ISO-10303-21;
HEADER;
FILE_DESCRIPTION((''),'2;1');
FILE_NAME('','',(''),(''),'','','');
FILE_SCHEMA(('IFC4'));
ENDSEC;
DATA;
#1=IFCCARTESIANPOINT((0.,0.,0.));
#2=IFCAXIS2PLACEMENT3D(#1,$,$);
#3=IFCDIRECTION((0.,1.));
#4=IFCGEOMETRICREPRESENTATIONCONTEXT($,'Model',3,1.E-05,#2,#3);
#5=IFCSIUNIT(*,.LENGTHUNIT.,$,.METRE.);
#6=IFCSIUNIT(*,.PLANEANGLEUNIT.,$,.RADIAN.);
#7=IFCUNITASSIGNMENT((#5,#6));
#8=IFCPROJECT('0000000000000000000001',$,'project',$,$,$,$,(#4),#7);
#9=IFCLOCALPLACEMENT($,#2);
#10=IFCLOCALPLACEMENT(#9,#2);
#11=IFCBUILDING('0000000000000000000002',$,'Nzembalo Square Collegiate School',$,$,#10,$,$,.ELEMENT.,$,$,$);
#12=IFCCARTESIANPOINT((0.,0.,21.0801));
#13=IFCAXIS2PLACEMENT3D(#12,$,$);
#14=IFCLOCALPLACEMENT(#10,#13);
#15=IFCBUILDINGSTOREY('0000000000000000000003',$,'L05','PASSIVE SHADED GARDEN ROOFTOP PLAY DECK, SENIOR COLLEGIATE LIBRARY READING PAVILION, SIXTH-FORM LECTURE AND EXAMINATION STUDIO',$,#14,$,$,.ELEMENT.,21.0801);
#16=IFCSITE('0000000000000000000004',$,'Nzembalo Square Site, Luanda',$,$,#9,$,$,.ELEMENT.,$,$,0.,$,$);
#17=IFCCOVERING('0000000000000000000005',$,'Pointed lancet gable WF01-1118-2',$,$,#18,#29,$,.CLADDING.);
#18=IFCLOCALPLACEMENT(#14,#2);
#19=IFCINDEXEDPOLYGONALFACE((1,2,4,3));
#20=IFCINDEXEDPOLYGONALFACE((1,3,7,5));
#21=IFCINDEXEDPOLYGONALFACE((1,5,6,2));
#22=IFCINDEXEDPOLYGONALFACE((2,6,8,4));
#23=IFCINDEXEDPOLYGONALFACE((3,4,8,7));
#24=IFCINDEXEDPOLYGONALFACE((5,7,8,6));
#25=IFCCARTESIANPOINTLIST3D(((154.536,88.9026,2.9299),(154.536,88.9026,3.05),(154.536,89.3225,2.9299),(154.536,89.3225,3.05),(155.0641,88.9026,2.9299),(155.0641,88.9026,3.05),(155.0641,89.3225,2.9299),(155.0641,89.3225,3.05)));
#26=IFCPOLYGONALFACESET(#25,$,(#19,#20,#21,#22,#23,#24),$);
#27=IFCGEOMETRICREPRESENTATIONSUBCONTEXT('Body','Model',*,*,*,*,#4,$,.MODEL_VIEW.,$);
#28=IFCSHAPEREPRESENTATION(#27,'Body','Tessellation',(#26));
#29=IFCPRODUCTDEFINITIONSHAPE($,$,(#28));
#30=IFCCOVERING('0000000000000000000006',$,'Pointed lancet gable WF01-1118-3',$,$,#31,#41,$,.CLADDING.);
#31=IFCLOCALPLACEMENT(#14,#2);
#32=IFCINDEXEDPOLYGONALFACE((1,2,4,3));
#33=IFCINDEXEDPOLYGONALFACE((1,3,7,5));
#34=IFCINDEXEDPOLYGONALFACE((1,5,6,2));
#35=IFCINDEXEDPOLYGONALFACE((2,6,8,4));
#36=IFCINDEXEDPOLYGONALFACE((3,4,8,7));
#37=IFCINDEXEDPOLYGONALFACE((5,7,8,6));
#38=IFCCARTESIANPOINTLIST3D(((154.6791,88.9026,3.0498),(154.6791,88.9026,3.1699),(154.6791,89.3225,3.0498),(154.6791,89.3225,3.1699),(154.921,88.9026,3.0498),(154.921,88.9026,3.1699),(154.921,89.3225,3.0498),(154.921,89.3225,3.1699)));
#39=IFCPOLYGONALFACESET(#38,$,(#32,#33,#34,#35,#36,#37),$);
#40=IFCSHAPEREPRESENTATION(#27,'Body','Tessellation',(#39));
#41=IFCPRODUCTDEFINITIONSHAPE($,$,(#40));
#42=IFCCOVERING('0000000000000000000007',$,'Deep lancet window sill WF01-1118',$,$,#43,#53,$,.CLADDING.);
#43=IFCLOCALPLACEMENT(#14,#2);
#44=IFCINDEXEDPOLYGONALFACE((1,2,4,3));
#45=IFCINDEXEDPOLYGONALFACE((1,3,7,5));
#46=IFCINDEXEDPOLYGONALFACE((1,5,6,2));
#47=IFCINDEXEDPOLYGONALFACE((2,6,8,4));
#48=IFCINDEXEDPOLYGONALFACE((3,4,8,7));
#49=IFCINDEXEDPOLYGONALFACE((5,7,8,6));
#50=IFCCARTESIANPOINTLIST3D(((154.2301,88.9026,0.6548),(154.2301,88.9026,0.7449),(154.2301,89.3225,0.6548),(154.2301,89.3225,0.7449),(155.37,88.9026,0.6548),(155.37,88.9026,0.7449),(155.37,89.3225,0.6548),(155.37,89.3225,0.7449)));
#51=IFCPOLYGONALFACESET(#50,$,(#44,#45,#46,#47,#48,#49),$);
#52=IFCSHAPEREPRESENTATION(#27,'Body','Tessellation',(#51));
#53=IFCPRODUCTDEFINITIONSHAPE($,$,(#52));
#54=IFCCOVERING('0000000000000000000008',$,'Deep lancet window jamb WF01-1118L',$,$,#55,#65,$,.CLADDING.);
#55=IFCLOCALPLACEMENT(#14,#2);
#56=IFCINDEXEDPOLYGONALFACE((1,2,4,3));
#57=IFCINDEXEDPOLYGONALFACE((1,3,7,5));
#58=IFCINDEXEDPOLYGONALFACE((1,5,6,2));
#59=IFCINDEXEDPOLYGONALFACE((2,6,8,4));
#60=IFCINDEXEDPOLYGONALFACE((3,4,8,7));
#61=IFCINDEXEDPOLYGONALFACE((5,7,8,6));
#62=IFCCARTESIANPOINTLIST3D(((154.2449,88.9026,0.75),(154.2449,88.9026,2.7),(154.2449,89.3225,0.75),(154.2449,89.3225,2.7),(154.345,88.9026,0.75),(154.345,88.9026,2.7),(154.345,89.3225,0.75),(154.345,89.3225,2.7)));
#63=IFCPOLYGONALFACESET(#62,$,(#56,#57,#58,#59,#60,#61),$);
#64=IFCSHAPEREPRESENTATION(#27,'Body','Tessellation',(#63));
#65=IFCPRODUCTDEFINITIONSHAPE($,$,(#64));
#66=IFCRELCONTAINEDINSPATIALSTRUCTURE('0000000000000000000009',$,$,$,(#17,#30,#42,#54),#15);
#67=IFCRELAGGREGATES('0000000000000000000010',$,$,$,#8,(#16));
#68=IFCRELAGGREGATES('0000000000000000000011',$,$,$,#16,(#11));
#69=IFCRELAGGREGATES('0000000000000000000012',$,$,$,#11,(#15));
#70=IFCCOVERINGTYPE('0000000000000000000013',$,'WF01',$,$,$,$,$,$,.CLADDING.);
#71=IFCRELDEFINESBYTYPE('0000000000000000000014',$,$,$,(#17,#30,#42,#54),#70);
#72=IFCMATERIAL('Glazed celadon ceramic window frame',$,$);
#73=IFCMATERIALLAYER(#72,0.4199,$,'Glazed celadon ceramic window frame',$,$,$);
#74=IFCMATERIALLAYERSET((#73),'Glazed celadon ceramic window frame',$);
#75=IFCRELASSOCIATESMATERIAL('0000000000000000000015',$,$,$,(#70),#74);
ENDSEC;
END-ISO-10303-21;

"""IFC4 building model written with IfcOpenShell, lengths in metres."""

from ifc_helpers import new_model, si_unit, direction, frame, origin, origin_2d, place, context, subcontext, project, spatial, rectangle, extrude, material, layer, layer_set, type_object, element, save


model = new_model("IFC4")

# Units and contexts
model_context = context("Model", 3, precision=1e-05, world=origin(), true_north=direction((0.0, 1.0)))
body_context = subcontext(model_context, "Body", "Model", "MODEL_VIEW")
ifc_project = project(units=[si_unit("LENGTHUNIT", "METRE"), si_unit("PLANEANGLEUNIT", "RADIAN")], contexts=[model_context])

# Site, building, storey
site_placement = place(None, origin())
site = spatial("IfcSite", under=ifc_project, at=site_placement, Name="Nzembalo Square Site, Luanda", CompositionType="ELEMENT", RefElevation=0.0)
building_placement = place(site_placement, origin())
building = spatial("IfcBuilding", under=site, at=building_placement, Name="Nzembalo Square Collegiate School", CompositionType="ELEMENT")
storey_placement = place(building_placement, frame((0.0, 0.0, 21.0801)))
storey = spatial("IfcBuildingStorey", under=building, at=storey_placement, Name="L05", Description="PASSIVE SHADED GARDEN ROOFTOP PLAY DECK, SENIOR COLLEGIATE LIBRARY READING PAVILION, SIXTH-FORM LECTURE AND EXAMINATION STUDIO", CompositionType="ELEMENT", Elevation=21.0801)

# Coverings
ifc_material_1 = material(Name="Glazed celadon ceramic window frame")
ifc_layer_1 = layer(ifc_material_1, 0.4199, Name="Glazed celadon ceramic window frame")
ifc_layer_set_1 = layer_set([ifc_layer_1], Name="Glazed celadon ceramic window frame")
covering_type_1 = type_object("IfcCoveringType", Name="WF01", PredefinedType="CLADDING", material=ifc_layer_set_1)
covering_1_placement = place(storey_placement, frame((154.8, 89.1125, 2.9299), z_axis=(0.0, 0.0, 1.0), x_axis=(1.0, 0.0, 0.0)))
element("IfcCovering", 1, at=covering_1_placement, inside=storey, type_object=covering_type_1, Name="Pointed lancet gable WF01-1118-2", PredefinedType="CLADDING", context=body_context, shape_type="SweptSolid", body=[
    extrude(rectangle(XDim=0.5281, YDim=0.4199, at=origin_2d()), origin(), (0.0, 0.0, 1.0), 0.1201),
])
covering_2_placement = place(storey_placement, frame((154.8, 89.1125, 3.0498), z_axis=(0.0, 0.0, 1.0), x_axis=(1.0, 0.0, 0.0)))
element("IfcCovering", 2, at=covering_2_placement, inside=storey, type_object=covering_type_1, Name="Pointed lancet gable WF01-1118-3", PredefinedType="CLADDING", context=body_context, shape_type="SweptSolid", body=[
    extrude(rectangle(XDim=0.2419, YDim=0.4199, at=origin_2d()), origin(), (0.0, 0.0, 1.0), 0.1201),
])
covering_3_placement = place(storey_placement, frame((154.8, 89.1125, 0.6548), z_axis=(0.0, 0.0, 1.0), x_axis=(1.0, 0.0, 0.0)))
element("IfcCovering", 3, at=covering_3_placement, inside=storey, type_object=covering_type_1, Name="Deep lancet window sill WF01-1118", PredefinedType="CLADDING", context=body_context, shape_type="SweptSolid", body=[
    extrude(rectangle(XDim=1.1399, YDim=0.4199, at=origin_2d()), origin(), (0.0, 0.0, 1.0), 0.0901),
])
covering_4_placement = place(storey_placement, frame((154.2949, 89.1125, 0.75), z_axis=(0.0, 0.0, 1.0), x_axis=(1.0, 0.0, 0.0)))
element("IfcCovering", 4, at=covering_4_placement, inside=storey, type_object=covering_type_1, Name="Deep lancet window jamb WF01-1118L", PredefinedType="CLADDING", context=body_context, shape_type="SweptSolid", body=[
    extrude(rectangle(XDim=0.1001, YDim=0.4199, at=origin_2d()), origin(), (0.0, 0.0, 1.0), 1.95),
])

save(model, "model.ifc")
